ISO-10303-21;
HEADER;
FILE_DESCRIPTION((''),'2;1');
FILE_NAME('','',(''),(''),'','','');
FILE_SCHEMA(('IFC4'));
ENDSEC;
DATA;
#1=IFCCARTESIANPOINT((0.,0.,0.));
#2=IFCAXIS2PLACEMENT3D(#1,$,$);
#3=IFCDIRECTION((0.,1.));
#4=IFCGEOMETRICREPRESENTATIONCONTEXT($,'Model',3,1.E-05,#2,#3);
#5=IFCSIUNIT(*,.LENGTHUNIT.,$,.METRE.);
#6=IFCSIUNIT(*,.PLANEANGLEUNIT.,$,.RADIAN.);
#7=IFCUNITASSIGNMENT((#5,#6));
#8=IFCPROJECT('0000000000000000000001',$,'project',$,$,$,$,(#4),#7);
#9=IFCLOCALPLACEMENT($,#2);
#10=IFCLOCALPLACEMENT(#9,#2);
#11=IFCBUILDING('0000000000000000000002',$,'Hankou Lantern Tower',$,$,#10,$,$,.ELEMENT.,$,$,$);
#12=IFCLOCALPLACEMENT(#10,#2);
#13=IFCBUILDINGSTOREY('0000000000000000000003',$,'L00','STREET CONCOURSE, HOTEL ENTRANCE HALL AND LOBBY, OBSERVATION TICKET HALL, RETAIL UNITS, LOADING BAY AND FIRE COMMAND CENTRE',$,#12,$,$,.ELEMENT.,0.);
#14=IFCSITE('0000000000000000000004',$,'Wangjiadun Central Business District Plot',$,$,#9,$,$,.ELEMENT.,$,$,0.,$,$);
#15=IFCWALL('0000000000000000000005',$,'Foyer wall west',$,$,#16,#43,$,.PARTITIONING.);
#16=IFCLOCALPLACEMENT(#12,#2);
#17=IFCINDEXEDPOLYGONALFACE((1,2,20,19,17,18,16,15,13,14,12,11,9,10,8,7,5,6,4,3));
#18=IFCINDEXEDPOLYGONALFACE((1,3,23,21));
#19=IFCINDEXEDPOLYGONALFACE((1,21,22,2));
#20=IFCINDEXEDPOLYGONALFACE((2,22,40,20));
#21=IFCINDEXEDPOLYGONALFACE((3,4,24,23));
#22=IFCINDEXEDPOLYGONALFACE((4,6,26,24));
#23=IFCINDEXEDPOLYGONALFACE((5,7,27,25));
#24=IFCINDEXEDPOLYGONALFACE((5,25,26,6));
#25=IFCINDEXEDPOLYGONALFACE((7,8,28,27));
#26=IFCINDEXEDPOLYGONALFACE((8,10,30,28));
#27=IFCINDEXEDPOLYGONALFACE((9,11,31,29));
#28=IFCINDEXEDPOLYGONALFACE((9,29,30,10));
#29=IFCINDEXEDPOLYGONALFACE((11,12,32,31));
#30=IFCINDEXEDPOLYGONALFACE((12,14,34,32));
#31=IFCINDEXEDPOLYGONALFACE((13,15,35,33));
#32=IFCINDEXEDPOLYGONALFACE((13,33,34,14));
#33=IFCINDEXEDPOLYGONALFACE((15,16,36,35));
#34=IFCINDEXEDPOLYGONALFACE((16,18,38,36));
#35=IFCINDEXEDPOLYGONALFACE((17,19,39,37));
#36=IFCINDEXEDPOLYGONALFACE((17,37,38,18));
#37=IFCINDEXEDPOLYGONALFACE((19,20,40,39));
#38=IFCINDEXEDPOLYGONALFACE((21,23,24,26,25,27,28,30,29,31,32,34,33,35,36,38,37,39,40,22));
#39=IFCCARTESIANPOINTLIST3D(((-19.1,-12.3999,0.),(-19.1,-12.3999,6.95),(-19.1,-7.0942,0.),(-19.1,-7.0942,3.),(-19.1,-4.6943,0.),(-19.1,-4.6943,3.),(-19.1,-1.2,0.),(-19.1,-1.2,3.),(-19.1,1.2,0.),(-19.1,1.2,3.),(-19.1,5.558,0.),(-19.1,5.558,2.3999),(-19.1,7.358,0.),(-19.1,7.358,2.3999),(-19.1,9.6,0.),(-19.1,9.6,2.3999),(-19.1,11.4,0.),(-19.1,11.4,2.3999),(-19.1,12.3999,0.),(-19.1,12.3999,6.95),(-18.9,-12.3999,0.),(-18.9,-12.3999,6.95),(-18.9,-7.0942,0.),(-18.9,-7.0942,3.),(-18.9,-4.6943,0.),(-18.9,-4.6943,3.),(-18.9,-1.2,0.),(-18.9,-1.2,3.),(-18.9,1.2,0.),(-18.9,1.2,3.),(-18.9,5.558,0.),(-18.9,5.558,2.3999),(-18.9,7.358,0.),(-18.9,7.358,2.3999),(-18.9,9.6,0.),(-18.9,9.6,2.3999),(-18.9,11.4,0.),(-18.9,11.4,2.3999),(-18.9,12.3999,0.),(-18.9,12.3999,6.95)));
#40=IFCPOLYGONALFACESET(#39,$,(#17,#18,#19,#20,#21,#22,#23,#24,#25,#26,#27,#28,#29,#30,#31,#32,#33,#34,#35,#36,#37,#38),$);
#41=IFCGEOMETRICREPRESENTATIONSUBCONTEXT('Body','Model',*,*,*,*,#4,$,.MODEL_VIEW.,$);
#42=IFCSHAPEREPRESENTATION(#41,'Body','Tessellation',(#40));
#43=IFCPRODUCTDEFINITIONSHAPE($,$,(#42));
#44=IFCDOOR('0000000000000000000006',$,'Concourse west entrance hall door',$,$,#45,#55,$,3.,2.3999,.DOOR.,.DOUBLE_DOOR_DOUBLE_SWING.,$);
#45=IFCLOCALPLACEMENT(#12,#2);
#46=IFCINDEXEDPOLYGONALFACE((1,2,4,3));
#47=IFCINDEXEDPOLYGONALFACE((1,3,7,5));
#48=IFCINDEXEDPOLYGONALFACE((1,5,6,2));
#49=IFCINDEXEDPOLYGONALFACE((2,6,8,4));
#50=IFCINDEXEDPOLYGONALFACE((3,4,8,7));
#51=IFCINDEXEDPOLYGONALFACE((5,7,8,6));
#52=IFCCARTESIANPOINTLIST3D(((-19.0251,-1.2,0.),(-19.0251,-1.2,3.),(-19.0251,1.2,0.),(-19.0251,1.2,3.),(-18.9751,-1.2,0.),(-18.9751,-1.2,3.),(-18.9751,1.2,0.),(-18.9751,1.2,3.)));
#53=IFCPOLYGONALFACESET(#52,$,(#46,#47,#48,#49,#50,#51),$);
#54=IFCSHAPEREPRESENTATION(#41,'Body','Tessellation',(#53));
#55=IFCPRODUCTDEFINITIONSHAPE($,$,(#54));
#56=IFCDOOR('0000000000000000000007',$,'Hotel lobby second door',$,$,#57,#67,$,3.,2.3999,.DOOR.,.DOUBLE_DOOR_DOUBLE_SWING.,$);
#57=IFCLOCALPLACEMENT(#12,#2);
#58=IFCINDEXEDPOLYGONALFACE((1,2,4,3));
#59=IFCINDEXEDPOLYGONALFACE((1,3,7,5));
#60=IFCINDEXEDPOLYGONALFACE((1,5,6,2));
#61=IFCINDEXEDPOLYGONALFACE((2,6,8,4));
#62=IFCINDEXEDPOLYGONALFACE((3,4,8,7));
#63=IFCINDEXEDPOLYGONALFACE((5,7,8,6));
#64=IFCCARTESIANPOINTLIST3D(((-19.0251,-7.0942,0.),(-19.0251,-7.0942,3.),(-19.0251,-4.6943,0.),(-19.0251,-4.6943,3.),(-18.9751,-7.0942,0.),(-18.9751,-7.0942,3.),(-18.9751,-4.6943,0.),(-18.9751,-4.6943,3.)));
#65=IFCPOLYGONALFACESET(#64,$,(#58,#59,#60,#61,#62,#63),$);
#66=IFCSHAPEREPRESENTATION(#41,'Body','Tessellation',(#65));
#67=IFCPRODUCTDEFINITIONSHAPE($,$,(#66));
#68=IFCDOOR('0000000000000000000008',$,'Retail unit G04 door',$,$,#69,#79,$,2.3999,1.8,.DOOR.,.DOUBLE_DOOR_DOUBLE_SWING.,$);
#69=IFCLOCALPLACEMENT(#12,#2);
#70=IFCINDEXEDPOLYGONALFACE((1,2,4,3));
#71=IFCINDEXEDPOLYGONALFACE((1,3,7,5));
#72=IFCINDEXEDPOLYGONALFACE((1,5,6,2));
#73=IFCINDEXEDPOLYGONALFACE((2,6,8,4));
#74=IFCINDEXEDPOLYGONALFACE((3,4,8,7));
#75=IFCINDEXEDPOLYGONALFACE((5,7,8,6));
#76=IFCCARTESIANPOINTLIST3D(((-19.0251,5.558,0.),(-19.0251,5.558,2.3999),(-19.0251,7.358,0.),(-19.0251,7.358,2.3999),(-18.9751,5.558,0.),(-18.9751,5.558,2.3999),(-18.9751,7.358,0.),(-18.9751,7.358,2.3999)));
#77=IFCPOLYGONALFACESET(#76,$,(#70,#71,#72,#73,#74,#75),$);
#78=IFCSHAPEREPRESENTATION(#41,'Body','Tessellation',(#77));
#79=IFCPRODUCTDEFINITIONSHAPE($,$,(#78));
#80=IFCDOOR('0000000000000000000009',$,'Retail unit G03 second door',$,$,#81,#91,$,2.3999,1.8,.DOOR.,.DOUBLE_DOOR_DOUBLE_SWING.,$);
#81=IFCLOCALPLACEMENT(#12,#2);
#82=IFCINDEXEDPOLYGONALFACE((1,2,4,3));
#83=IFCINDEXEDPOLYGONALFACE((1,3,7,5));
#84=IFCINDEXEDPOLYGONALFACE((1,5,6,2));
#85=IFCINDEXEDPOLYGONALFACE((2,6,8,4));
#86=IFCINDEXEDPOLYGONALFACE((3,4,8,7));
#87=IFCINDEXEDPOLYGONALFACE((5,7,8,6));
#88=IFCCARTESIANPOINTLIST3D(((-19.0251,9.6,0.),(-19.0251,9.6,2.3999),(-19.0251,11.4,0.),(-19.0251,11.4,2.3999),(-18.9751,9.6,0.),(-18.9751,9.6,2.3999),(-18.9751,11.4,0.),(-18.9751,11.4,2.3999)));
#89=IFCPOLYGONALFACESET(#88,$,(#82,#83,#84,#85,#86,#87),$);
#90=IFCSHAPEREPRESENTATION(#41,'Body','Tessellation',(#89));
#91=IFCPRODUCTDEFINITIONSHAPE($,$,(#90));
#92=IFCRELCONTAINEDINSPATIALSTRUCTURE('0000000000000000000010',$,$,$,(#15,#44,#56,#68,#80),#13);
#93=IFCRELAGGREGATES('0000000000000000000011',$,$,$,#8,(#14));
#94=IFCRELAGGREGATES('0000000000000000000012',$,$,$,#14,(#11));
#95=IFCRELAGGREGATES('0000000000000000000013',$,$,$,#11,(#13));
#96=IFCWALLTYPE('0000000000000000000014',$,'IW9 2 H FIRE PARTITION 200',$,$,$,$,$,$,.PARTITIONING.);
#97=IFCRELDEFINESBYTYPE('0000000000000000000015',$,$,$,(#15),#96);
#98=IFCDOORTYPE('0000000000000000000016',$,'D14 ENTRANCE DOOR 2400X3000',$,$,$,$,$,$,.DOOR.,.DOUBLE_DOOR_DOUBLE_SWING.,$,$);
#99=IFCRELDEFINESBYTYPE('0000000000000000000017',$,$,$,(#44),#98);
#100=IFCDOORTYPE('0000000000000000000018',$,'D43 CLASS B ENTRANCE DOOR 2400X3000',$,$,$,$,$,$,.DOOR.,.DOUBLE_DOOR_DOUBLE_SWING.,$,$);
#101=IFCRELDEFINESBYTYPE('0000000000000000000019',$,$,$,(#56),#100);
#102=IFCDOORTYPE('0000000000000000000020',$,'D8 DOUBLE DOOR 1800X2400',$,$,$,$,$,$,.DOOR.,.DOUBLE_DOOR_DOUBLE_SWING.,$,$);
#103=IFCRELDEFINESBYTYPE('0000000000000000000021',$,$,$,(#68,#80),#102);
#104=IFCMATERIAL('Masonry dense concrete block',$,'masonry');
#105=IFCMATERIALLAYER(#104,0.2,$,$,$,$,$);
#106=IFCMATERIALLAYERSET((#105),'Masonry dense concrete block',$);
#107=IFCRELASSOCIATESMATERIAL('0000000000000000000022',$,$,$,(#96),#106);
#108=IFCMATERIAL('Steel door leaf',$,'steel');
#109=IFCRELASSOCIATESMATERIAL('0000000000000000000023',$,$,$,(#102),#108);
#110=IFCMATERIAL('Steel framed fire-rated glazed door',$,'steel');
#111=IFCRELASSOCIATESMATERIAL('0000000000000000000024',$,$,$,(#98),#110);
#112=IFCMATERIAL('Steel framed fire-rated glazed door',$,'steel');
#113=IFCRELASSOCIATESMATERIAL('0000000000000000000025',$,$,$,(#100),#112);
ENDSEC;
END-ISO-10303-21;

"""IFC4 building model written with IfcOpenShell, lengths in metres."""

from ifc_helpers import new_model, si_unit, direction, frame, frame_2d, origin, place, context, subcontext, project, spatial, rectangle, extrude, material, layer, layer_set, type_object, element, fill, save


model = new_model("IFC4")

# Units and contexts
model_context = context("Model", 3, precision=1e-05, world=origin(), true_north=direction((0.0, 1.0)))
body_context = subcontext(model_context, "Body", "Model", "MODEL_VIEW")
ifc_project = project(units=[si_unit("LENGTHUNIT", "METRE"), si_unit("PLANEANGLEUNIT", "RADIAN")], contexts=[model_context])

# Site, building, storey
site_placement = place(None, origin())
site = spatial("IfcSite", under=ifc_project, at=site_placement, Name="Wangjiadun Central Business District Plot", CompositionType="ELEMENT", RefElevation=0.0)
building_placement = place(site_placement, origin())
building = spatial("IfcBuilding", under=site, at=building_placement, Name="Hankou Lantern Tower", CompositionType="ELEMENT")
storey_placement = place(building_placement, origin())
storey = spatial("IfcBuildingStorey", under=building, at=storey_placement, Name="L00", Description="STREET CONCOURSE, HOTEL ENTRANCE HALL AND LOBBY, OBSERVATION TICKET HALL, RETAIL UNITS, LOADING BAY AND FIRE COMMAND CENTRE", CompositionType="ELEMENT", Elevation=0.0)

# Wall, openings, doors
ifc_material_1 = material(Name="Masonry dense concrete block", Category="masonry")
ifc_layer_1 = layer(ifc_material_1, 0.2)
ifc_layer_set_1 = layer_set([ifc_layer_1], Name="Masonry dense concrete block")
wall_type_1 = type_object("IfcWallType", Name="IW9 2 H FIRE PARTITION 200", PredefinedType="PARTITIONING", material=ifc_layer_set_1)
ifc_material_2 = material(Name="Steel door leaf", Category="steel")
door_type_1 = type_object("IfcDoorType", Name="D8 DOUBLE DOOR 1800X2400", OperationType="DOUBLE_DOOR_DOUBLE_SWING", PredefinedType="DOOR", material=ifc_material_2)
wall_1_placement = place(storey_placement, frame((-19.0, 12.3999, 0.0), z_axis=(0.0, 0.0, 1.0), x_axis=(0.0, -1.0, 0.0)))
wall_1 = element("IfcWall", 1, at=wall_1_placement, inside=storey, type_object=wall_type_1, Name="Foyer wall west", PredefinedType="PARTITIONING", context=body_context, shape_type="SweptSolid", body=[
    extrude(rectangle(XDim=24.7998, YDim=0.2, at=frame_2d((12.3999, 0.0))), origin(), (0.0, 0.0, 1.0), 6.95),
])
opening_1_placement = place(wall_1_placement, frame((5.042, 0.0, 0.0)))
opening_1 = element("IfcOpeningElement", 2, at=opening_1_placement, cuts=wall_1, PredefinedType="OPENING", context=body_context, shape_type="SweptSolid", body=[
    extrude(rectangle(XDim=1.8, YDim=2.3999, at=frame_2d((0.8999, 1.2))), frame((0.0, 0.1099, 0.0), z_axis=(0.0, -1.0, 0.0), x_axis=(1.0, 0.0, 0.0)), (0.0, 0.0, 1.0), 0.22),
])
opening_2_placement = place(wall_1_placement, frame((11.2, 0.0, 0.0)))
opening_2 = element("IfcOpeningElement", 3, at=opening_2_placement, cuts=wall_1, PredefinedType="OPENING", context=body_context, shape_type="SweptSolid", body=[
    extrude(rectangle(XDim=2.3999, YDim=3.0, at=frame_2d((1.2, 1.5))), frame((0.0, 0.1099, 0.0), z_axis=(0.0, -1.0, 0.0), x_axis=(1.0, 0.0, 0.0)), (0.0, 0.0, 1.0), 0.22),
])
opening_3_placement = place(wall_1_placement, frame((1.0, 0.0, 0.0)))
opening_3 = element("IfcOpeningElement", 4, at=opening_3_placement, cuts=wall_1, PredefinedType="OPENING", context=body_context, shape_type="SweptSolid", body=[
    extrude(rectangle(XDim=1.8, YDim=2.3999, at=frame_2d((0.8999, 1.2))), frame((0.0, 0.1099, 0.0), z_axis=(0.0, -1.0, 0.0), x_axis=(1.0, 0.0, 0.0)), (0.0, 0.0, 1.0), 0.22),
])
opening_4_placement = place(wall_1_placement, frame((17.0942, 0.0, 0.0)))
opening_4 = element("IfcOpeningElement", 5, at=opening_4_placement, cuts=wall_1, PredefinedType="OPENING", context=body_context, shape_type="SweptSolid", body=[
    extrude(rectangle(XDim=2.3999, YDim=3.0, at=frame_2d((1.2, 1.5))), frame((0.0, 0.1099, 0.0), z_axis=(0.0, -1.0, 0.0), x_axis=(1.0, 0.0, 0.0)), (0.0, 0.0, 1.0), 0.22),
])
ifc_material_3 = material(Name="Steel framed fire-rated glazed door", Category="steel")
door_type_2 = type_object("IfcDoorType", Name="D14 ENTRANCE DOOR 2400X3000", OperationType="DOUBLE_DOOR_DOUBLE_SWING", PredefinedType="DOOR", material=ifc_material_3)
door_1_placement = place(opening_2_placement, origin())
door_1 = element("IfcDoor", 6, at=door_1_placement, inside=storey, type_object=door_type_2, Name="Concourse west entrance hall door", OperationType="DOUBLE_DOOR_DOUBLE_SWING", OverallHeight=3.0, OverallWidth=2.3999, PredefinedType="DOOR", context=body_context, shape_type="SweptSolid", body=[
    extrude(rectangle(XDim=2.3999, YDim=3.0, at=frame_2d((1.2, 1.5))), frame((0.0, 0.0249, 0.0), z_axis=(0.0, -1.0, 0.0), x_axis=(1.0, 0.0, 0.0)), (0.0, 0.0, 1.0), 0.05),
])
fill(opening_2, door_1)
ifc_material_4 = material(Name="Steel framed fire-rated glazed door", Category="steel")
door_type_3 = type_object("IfcDoorType", Name="D43 CLASS B ENTRANCE DOOR 2400X3000", OperationType="DOUBLE_DOOR_DOUBLE_SWING", PredefinedType="DOOR", material=ifc_material_4)
door_2_placement = place(opening_4_placement, origin())
door_2 = element("IfcDoor", 7, at=door_2_placement, inside=storey, type_object=door_type_3, Name="Hotel lobby second door", OperationType="DOUBLE_DOOR_DOUBLE_SWING", OverallHeight=3.0, OverallWidth=2.3999, PredefinedType="DOOR", context=body_context, shape_type="SweptSolid", body=[
    extrude(rectangle(XDim=2.3999, YDim=3.0, at=frame_2d((1.2, 1.5))), frame((0.0, 0.0249, 0.0), z_axis=(0.0, -1.0, 0.0), x_axis=(1.0, 0.0, 0.0)), (0.0, 0.0, 1.0), 0.05),
])
fill(opening_4, door_2)
door_3_placement = place(opening_1_placement, origin())
door_3 = element("IfcDoor", 8, at=door_3_placement, inside=storey, type_object=door_type_1, Name="Retail unit G04 door", OperationType="DOUBLE_DOOR_DOUBLE_SWING", OverallHeight=2.3999, OverallWidth=1.8, PredefinedType="DOOR", context=body_context, shape_type="SweptSolid", body=[
    extrude(rectangle(XDim=1.8, YDim=2.3999, at=frame_2d((0.8999, 1.2))), frame((0.0, 0.0249, 0.0), z_axis=(0.0, -1.0, 0.0), x_axis=(1.0, 0.0, 0.0)), (0.0, 0.0, 1.0), 0.05),
])
fill(opening_1, door_3)
door_4_placement = place(opening_3_placement, origin())
door_4 = element("IfcDoor", 9, at=door_4_placement, inside=storey, type_object=door_type_1, Name="Retail unit G03 second door", OperationType="DOUBLE_DOOR_DOUBLE_SWING", OverallHeight=2.3999, OverallWidth=1.8, PredefinedType="DOOR", context=body_context, shape_type="SweptSolid", body=[
    extrude(rectangle(XDim=1.8, YDim=2.3999, at=frame_2d((0.8999, 1.2))), frame((0.0, 0.0249, 0.0), z_axis=(0.0, -1.0, 0.0), x_axis=(1.0, 0.0, 0.0)), (0.0, 0.0, 1.0), 0.05),
])
fill(opening_3, door_4)

save(model, "model.ifc")
